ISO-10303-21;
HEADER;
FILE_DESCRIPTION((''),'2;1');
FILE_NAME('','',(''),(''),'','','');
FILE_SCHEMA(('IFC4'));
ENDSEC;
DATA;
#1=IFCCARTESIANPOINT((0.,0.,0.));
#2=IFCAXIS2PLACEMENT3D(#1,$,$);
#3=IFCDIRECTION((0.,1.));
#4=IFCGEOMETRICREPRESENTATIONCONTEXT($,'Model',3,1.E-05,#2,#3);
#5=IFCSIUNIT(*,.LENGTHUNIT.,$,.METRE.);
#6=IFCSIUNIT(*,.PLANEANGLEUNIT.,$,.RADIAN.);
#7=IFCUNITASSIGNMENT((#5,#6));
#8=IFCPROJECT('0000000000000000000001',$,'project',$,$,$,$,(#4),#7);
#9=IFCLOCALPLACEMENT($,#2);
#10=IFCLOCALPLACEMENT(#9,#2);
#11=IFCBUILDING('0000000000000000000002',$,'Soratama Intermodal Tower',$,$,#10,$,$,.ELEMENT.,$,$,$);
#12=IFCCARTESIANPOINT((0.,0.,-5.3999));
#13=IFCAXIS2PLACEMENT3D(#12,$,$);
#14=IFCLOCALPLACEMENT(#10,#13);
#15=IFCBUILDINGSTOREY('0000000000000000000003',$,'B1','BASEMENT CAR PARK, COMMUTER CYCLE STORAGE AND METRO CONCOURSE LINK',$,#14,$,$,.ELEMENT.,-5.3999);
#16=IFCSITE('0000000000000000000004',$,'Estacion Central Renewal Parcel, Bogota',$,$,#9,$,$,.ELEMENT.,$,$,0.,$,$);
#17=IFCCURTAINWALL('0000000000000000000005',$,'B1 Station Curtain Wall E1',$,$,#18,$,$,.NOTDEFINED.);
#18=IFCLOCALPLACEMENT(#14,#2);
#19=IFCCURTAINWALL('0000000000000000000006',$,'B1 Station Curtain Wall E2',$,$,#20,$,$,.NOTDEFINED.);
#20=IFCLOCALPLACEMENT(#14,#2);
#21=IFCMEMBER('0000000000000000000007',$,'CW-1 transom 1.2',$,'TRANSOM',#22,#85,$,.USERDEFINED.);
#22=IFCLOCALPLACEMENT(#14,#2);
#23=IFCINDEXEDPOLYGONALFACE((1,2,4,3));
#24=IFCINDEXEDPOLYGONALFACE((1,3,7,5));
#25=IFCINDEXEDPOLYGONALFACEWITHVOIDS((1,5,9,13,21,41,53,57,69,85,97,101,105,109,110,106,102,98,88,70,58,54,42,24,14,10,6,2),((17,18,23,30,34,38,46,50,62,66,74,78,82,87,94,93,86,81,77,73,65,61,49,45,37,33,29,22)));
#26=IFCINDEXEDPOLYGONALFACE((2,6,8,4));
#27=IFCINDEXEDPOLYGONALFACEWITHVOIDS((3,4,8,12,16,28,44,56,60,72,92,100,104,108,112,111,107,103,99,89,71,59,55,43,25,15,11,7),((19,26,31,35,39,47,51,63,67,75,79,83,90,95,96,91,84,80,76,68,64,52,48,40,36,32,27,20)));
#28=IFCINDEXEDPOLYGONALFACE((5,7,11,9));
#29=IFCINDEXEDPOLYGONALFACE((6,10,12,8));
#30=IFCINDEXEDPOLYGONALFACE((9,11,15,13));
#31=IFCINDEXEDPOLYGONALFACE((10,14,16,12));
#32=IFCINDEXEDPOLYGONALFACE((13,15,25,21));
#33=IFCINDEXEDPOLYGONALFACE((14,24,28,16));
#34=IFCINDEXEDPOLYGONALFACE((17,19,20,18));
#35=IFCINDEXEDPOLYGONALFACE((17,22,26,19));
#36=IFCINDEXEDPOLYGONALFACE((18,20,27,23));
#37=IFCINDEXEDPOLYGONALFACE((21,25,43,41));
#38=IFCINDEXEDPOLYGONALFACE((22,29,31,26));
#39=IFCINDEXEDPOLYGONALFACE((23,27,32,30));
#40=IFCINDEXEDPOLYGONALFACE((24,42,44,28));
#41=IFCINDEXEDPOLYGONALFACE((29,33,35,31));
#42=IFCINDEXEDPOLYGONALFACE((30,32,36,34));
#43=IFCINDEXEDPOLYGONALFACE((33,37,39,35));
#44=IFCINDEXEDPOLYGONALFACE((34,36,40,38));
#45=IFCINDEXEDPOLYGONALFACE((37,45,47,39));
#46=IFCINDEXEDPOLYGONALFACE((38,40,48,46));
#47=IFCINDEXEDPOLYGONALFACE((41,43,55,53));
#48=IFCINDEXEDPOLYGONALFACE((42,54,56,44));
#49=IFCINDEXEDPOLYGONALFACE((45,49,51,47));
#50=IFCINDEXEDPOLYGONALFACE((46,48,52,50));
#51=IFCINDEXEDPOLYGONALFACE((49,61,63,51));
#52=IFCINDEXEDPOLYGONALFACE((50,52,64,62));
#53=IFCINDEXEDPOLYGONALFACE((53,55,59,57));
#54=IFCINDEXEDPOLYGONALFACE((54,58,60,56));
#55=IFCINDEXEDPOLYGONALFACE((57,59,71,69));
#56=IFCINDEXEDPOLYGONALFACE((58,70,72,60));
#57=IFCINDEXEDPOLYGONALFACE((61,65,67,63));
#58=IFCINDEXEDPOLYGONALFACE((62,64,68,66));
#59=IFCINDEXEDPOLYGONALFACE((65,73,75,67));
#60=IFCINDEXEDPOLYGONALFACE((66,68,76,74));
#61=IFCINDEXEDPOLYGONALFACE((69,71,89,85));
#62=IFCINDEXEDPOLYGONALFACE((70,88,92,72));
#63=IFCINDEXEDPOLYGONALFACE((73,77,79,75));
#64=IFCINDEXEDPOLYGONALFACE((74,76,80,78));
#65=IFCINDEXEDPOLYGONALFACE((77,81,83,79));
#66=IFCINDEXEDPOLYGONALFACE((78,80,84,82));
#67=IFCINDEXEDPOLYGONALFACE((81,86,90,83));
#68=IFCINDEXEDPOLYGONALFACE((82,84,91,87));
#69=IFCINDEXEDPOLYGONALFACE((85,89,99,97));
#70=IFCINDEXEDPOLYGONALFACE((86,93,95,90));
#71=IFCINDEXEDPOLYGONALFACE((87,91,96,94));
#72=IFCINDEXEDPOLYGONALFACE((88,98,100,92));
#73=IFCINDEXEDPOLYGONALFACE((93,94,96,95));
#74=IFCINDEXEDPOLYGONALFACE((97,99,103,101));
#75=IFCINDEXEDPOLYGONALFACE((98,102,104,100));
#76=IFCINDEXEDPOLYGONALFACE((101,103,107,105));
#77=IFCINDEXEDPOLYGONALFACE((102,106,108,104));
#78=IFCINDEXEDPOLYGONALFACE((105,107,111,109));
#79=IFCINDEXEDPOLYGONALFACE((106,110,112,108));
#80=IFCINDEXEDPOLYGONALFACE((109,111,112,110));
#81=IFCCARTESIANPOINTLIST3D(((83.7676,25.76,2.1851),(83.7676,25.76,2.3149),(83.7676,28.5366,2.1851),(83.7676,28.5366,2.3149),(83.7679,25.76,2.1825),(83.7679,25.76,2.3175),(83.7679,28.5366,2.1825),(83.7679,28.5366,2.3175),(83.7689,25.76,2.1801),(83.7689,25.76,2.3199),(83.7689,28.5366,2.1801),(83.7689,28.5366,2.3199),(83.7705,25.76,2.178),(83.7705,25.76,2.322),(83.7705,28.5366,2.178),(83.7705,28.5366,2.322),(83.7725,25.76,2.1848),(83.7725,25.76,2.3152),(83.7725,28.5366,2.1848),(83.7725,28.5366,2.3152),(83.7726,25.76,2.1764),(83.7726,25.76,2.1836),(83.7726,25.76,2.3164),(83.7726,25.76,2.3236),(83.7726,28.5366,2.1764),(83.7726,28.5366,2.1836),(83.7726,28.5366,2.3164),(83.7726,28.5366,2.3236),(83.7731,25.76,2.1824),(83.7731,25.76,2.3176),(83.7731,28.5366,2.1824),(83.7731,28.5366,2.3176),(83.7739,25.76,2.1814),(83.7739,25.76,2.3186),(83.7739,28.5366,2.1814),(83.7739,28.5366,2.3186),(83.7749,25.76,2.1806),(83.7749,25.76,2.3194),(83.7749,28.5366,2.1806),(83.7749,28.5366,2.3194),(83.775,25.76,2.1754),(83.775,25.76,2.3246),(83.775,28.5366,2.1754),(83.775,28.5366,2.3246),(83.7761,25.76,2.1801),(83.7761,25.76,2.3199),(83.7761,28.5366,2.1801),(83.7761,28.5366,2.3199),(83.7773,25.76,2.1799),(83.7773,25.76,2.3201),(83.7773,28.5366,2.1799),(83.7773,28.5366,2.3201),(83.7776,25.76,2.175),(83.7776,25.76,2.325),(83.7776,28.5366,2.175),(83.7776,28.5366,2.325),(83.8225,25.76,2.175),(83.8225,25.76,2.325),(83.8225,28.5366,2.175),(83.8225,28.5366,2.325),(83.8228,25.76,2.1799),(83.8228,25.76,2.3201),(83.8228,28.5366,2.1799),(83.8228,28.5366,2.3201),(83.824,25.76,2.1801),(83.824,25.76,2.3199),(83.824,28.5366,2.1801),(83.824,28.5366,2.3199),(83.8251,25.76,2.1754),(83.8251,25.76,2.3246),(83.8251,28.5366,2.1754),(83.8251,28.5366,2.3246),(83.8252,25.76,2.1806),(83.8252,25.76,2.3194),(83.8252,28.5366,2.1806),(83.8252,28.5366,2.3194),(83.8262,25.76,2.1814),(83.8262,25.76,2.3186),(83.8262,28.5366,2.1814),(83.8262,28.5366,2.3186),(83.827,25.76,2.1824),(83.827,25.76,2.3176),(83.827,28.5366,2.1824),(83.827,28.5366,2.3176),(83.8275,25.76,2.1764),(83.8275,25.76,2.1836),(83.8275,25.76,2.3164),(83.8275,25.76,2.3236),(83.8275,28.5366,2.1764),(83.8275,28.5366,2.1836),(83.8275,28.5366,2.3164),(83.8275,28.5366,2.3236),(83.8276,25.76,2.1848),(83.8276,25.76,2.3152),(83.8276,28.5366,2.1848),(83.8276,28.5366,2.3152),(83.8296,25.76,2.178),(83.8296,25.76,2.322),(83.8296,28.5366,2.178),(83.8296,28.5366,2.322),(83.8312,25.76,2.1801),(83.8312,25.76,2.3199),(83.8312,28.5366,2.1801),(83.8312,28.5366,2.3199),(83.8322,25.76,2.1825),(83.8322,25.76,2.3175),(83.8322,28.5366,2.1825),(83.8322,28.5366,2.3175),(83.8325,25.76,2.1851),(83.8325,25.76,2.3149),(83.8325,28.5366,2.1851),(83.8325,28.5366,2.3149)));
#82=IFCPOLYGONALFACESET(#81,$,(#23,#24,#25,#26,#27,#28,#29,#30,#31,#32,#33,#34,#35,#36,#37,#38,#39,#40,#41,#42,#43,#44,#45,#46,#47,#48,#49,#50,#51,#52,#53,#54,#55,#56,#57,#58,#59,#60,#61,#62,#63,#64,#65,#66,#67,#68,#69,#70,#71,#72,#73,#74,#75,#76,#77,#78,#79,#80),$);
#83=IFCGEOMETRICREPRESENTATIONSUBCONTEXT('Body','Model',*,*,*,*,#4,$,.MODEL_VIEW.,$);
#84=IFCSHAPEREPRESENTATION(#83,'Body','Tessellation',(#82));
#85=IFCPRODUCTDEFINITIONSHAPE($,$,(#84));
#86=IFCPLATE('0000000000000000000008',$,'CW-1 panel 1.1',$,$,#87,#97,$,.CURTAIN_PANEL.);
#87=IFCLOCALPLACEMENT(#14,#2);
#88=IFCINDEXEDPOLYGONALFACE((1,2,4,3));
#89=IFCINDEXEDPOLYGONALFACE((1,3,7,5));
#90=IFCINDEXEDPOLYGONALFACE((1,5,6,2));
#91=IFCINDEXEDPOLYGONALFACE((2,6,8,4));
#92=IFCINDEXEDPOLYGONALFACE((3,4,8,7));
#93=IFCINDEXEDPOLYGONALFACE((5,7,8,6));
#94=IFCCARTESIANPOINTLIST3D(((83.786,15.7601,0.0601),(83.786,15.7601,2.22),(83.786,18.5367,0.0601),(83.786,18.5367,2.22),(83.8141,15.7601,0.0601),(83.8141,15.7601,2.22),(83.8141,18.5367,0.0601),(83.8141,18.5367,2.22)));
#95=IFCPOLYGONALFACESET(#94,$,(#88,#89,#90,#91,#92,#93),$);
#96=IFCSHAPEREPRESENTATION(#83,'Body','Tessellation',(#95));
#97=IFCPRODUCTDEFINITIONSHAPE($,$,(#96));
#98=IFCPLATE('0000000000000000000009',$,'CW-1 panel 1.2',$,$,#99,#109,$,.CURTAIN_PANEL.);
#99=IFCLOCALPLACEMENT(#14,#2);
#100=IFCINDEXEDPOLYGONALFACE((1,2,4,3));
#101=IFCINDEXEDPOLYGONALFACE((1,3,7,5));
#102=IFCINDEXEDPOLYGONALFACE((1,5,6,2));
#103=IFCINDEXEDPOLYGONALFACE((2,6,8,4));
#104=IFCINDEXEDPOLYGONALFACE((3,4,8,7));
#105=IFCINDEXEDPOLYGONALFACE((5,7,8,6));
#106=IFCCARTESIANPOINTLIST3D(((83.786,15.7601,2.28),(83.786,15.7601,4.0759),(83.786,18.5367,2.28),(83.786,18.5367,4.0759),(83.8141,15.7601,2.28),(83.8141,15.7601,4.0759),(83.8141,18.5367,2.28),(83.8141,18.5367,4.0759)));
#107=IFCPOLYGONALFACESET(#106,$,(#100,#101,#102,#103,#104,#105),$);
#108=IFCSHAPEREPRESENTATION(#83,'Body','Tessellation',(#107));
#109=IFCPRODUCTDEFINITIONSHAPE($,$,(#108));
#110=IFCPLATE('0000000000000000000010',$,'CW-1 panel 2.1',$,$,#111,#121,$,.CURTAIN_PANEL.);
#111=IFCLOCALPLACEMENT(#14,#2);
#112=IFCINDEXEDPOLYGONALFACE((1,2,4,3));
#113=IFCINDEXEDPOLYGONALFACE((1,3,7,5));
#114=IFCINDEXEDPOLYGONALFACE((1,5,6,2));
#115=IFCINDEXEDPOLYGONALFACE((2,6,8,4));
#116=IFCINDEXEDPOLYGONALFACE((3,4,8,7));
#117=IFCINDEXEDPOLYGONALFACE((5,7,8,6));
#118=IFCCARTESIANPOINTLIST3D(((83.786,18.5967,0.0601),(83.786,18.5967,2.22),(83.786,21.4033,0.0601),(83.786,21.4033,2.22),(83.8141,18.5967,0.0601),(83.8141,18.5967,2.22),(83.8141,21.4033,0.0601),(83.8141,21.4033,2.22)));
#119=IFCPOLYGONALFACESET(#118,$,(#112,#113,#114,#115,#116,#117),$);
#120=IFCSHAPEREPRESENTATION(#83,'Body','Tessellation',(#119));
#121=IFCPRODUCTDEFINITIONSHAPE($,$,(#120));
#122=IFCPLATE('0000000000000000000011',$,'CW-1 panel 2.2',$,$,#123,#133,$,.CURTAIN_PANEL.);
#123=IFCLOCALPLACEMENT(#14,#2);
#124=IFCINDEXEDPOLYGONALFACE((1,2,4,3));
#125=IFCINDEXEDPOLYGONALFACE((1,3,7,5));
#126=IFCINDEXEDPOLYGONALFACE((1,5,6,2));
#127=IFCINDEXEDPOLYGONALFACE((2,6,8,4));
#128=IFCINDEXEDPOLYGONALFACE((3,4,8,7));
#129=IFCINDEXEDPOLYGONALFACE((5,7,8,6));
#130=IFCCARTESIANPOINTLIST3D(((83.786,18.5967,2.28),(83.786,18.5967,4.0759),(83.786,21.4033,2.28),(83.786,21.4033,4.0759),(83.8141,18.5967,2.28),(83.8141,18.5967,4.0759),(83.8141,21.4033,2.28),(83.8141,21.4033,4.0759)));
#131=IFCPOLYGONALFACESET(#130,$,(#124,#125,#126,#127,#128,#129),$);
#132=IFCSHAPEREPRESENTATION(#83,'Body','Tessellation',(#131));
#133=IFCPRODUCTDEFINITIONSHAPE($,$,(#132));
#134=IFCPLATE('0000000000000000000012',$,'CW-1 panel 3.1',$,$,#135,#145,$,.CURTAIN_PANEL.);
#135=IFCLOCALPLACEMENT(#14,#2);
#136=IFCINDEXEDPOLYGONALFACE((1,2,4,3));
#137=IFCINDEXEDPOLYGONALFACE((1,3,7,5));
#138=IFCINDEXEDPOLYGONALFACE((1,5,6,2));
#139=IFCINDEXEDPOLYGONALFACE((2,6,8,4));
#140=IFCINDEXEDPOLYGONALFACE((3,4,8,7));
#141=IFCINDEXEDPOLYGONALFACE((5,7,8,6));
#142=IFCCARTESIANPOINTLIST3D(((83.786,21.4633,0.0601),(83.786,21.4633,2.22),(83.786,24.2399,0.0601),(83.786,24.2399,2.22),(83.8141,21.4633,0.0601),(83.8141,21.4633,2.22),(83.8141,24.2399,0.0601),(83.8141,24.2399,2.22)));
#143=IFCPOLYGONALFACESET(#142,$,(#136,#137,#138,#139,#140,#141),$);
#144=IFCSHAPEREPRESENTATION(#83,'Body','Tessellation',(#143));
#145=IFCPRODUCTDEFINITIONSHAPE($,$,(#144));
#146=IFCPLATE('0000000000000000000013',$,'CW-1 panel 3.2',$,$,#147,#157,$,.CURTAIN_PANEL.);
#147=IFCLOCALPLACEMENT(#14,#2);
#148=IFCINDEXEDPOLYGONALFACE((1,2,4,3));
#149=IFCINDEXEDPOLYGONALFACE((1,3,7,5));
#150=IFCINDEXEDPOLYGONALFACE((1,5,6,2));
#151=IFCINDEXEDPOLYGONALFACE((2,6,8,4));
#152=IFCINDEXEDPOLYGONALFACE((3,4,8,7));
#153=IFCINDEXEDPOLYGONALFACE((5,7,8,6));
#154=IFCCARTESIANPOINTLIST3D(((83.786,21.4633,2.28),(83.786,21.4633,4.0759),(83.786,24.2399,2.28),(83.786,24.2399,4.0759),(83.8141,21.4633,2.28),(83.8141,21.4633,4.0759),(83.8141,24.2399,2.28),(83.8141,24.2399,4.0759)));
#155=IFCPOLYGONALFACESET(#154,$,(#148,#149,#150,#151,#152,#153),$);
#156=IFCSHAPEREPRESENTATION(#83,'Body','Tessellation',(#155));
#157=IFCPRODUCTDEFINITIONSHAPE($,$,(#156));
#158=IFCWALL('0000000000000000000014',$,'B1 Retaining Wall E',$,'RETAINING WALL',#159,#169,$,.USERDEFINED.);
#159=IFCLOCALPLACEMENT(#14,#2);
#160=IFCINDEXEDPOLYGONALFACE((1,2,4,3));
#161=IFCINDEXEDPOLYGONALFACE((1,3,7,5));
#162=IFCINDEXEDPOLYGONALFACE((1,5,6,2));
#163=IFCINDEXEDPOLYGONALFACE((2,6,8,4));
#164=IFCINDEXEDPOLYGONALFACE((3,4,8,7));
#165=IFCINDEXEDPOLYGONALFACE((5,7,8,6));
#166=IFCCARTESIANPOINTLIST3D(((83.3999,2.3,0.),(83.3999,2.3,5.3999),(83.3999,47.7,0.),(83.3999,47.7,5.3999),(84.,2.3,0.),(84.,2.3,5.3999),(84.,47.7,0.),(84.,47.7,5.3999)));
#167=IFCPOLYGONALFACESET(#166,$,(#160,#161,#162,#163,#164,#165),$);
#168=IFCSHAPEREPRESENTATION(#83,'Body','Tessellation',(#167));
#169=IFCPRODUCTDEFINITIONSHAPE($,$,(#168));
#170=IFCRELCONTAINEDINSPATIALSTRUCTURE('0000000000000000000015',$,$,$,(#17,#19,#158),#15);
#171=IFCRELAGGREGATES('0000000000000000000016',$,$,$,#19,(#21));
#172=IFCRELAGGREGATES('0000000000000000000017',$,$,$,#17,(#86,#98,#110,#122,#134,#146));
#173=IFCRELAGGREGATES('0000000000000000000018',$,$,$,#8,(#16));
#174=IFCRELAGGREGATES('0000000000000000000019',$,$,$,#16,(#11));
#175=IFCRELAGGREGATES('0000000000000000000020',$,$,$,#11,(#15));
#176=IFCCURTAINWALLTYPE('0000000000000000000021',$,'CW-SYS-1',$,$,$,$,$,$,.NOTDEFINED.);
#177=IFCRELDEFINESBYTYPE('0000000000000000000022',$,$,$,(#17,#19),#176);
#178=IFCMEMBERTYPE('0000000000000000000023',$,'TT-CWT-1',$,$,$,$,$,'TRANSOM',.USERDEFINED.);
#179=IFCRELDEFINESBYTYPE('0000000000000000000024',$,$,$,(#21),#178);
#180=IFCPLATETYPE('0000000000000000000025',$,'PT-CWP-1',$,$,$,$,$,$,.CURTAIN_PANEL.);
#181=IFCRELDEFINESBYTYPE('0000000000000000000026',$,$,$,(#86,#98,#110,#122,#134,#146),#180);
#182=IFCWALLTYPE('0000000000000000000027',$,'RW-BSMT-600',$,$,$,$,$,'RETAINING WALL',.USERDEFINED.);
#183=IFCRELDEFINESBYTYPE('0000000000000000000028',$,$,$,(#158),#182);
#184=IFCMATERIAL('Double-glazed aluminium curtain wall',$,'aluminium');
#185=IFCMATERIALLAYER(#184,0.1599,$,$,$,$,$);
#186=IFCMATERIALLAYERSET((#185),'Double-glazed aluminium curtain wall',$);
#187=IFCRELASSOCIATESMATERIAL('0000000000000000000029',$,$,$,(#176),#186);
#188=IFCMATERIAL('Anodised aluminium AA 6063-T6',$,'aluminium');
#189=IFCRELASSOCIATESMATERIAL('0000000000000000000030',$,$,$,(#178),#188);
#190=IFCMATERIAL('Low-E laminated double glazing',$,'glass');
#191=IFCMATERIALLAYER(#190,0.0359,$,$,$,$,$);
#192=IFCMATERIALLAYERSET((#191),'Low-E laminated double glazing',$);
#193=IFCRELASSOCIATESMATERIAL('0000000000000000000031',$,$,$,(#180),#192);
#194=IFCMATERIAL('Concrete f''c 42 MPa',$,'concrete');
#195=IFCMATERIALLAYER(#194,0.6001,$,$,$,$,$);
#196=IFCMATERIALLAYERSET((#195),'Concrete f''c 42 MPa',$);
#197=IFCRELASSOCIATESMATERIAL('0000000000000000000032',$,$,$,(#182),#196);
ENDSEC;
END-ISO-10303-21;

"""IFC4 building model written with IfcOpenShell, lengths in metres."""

from ifc_helpers import new_model, si_unit, direction, frame, frame_2d, origin, origin_2d, place, context, subcontext, project, spatial, rectangle, hollow_rectangle, extrude, material, layer, layer_set, material_profile, profile_set, type_object, element, aggregate, save


model = new_model("IFC4")

# Units and contexts
model_context = context("Model", 3, precision=1e-05, world=origin(), true_north=direction((0.0, 1.0)))
body_context = subcontext(model_context, "Body", "Model", "MODEL_VIEW")
ifc_project = project(units=[si_unit("LENGTHUNIT", "METRE"), si_unit("PLANEANGLEUNIT", "RADIAN")], contexts=[model_context])

# Site, building, storey
site_placement = place(None, origin())
site = spatial("IfcSite", under=ifc_project, at=site_placement, Name="Estacion Central Renewal Parcel, Bogota", CompositionType="ELEMENT", RefElevation=0.0)
building_placement = place(site_placement, origin())
building = spatial("IfcBuilding", under=site, at=building_placement, Name="Soratama Intermodal Tower", CompositionType="ELEMENT")
storey_placement = place(building_placement, frame((0.0, 0.0, -5.3999)))
storey = spatial("IfcBuildingStorey", under=building, at=storey_placement, Name="B1", Description="BASEMENT CAR PARK, COMMUTER CYCLE STORAGE AND METRO CONCOURSE LINK", CompositionType="ELEMENT", Elevation=-5.3999)

# Curtain wall
ifc_material_1 = material(Name="Double-glazed aluminium curtain wall", Category="aluminium")
ifc_layer_1 = layer(ifc_material_1, 0.1599)
ifc_layer_set_1 = layer_set([ifc_layer_1], Name="Double-glazed aluminium curtain wall")
curtain_wall_type = type_object("IfcCurtainWallType", Name="CW-SYS-1", PredefinedType="NOTDEFINED", material=ifc_layer_set_1)
curtain_wall_1_placement = place(storey_placement, origin())
curtain_wall_1 = element("IfcCurtainWall", 1, at=curtain_wall_1_placement, inside=storey, type_object=curtain_wall_type, Name="B1 Station Curtain Wall E1", PredefinedType="NOTDEFINED")

# Curtain wall
curtain_wall_2_placement = place(storey_placement, origin())
curtain_wall_2 = element("IfcCurtainWall", 2, at=curtain_wall_2_placement, inside=storey, type_object=curtain_wall_type, Name="B1 Station Curtain Wall E2", PredefinedType="NOTDEFINED")

# Member
ifc_material_2 = material(Name="Anodised aluminium AA 6063-T6", Category="aluminium")
ifc_material_profile_1 = material_profile(ifc_material_2, hollow_rectangle(XDim=0.0649, YDim=0.1499, WallThickness=0.0049, InnerFilletRadius=0.0049, OuterFilletRadius=0.01, at=origin_2d()), Name="CWT150X65X5")
ifc_profile_set_1 = profile_set([ifc_material_profile_1], Name="Anodised aluminium AA 6063-T6")
member_type_1 = type_object("IfcMemberType", Name="TT-CWT-1", ElementType="TRANSOM", PredefinedType="USERDEFINED", material=ifc_profile_set_1)
member_1_placement = place(storey_placement, frame((83.8, 25.76, 2.25), z_axis=(0.0, 1.0, 0.0), x_axis=(-1.0, 0.0, 0.0)))
member_1 = element("IfcMember", 3, at=member_1_placement, type_object=member_type_1, Name="CW-1 transom 1.2", ObjectType="TRANSOM", PredefinedType="USERDEFINED", context=body_context, shape_type="SweptSolid", body=[
    extrude(hollow_rectangle(XDim=0.0649, YDim=0.1499, WallThickness=0.0049, InnerFilletRadius=0.0049, OuterFilletRadius=0.01, at=origin_2d()), origin(), (0.0, 0.0, 1.0), 2.7766),
])
aggregate(curtain_wall_2, [member_1])

# Plates
ifc_material_3 = material(Name="Low-E laminated double glazing", Category="glass")
ifc_layer_2 = layer(ifc_material_3, 0.0359)
ifc_layer_set_2 = layer_set([ifc_layer_2], Name="Low-E laminated double glazing")
plate_type = type_object("IfcPlateType", Name="PT-CWP-1", PredefinedType="CURTAIN_PANEL", material=ifc_layer_set_2)
plate_1_placement = place(storey_placement, frame((83.8, 17.1484, 0.0601), z_axis=(0.0, 0.0, 1.0), x_axis=(0.0, 1.0, 0.0)))
plate_1 = element("IfcPlate", 4, at=plate_1_placement, type_object=plate_type, Name="CW-1 panel 1.1", PredefinedType="CURTAIN_PANEL", context=body_context, shape_type="SweptSolid", body=[
    extrude(rectangle(XDim=2.7766, YDim=0.0281, at=origin_2d()), origin(), (0.0, 0.0, 1.0), 2.1599),
])
plate_2_placement = place(storey_placement, frame((83.8, 17.1484, 2.28), z_axis=(0.0, 0.0, 1.0), x_axis=(0.0, 1.0, 0.0)))
plate_2 = element("IfcPlate", 5, at=plate_2_placement, type_object=plate_type, Name="CW-1 panel 1.2", PredefinedType="CURTAIN_PANEL", context=body_context, shape_type="SweptSolid", body=[
    extrude(rectangle(XDim=2.7766, YDim=0.0281, at=origin_2d()), origin(), (0.0, 0.0, 1.0), 1.7959),
])
plate_3_placement = place(storey_placement, frame((83.8, 20.0, 0.0601), z_axis=(0.0, 0.0, 1.0), x_axis=(0.0, 1.0, 0.0)))
plate_3 = element("IfcPlate", 6, at=plate_3_placement, type_object=plate_type, Name="CW-1 panel 2.1", PredefinedType="CURTAIN_PANEL", context=body_context, shape_type="SweptSolid", body=[
    extrude(rectangle(XDim=2.8066, YDim=0.0281, at=origin_2d()), origin(), (0.0, 0.0, 1.0), 2.1599),
])
plate_4_placement = place(storey_placement, frame((83.8, 20.0, 2.28), z_axis=(0.0, 0.0, 1.0), x_axis=(0.0, 1.0, 0.0)))
plate_4 = element("IfcPlate", 7, at=plate_4_placement, type_object=plate_type, Name="CW-1 panel 2.2", PredefinedType="CURTAIN_PANEL", context=body_context, shape_type="SweptSolid", body=[
    extrude(rectangle(XDim=2.8066, YDim=0.0281, at=origin_2d()), origin(), (0.0, 0.0, 1.0), 1.7959),
])
plate_5_placement = place(storey_placement, frame((83.8, 22.8516, 0.0601), z_axis=(0.0, 0.0, 1.0), x_axis=(0.0, 1.0, 0.0)))
plate_5 = element("IfcPlate", 8, at=plate_5_placement, type_object=plate_type, Name="CW-1 panel 3.1", PredefinedType="CURTAIN_PANEL", context=body_context, shape_type="SweptSolid", body=[
    extrude(rectangle(XDim=2.7766, YDim=0.0281, at=origin_2d()), origin(), (0.0, 0.0, 1.0), 2.1599),
])
plate_6_placement = place(storey_placement, frame((83.8, 22.8516, 2.28), z_axis=(0.0, 0.0, 1.0), x_axis=(0.0, 1.0, 0.0)))
plate_6 = element("IfcPlate", 9, at=plate_6_placement, type_object=plate_type, Name="CW-1 panel 3.2", PredefinedType="CURTAIN_PANEL", context=body_context, shape_type="SweptSolid", body=[
    extrude(rectangle(XDim=2.7766, YDim=0.0281, at=origin_2d()), origin(), (0.0, 0.0, 1.0), 1.7959),
])
aggregate(curtain_wall_1, [plate_1, plate_2, plate_3, plate_4, plate_5, plate_6])

# Wall
ifc_material_4 = material(Name="Concrete f'c 42 MPa", Category="concrete")
ifc_layer_3 = layer(ifc_material_4, 0.6001)
ifc_layer_set_3 = layer_set([ifc_layer_3], Name="Concrete f'c 42 MPa")
wall_type = type_object("IfcWallType", Name="RW-BSMT-600", ElementType="RETAINING WALL", PredefinedType="USERDEFINED", material=ifc_layer_set_3)
wall_placement = place(storey_placement, frame((83.7, 2.3, 0.0), z_axis=(0.0, 0.0, 1.0), x_axis=(0.0, 1.0, 0.0)))
element("IfcWall", 10, at=wall_placement, inside=storey, type_object=wall_type, Name="B1 Retaining Wall E", ObjectType="RETAINING WALL", PredefinedType="USERDEFINED", context=body_context, shape_type="SweptSolid", body=[
    extrude(rectangle(XDim=45.3999, YDim=0.6001, at=frame_2d((22.7, 0.0))), origin(), (0.0, 0.0, 1.0), 5.3999),
])

save(model, "model.ifc")
